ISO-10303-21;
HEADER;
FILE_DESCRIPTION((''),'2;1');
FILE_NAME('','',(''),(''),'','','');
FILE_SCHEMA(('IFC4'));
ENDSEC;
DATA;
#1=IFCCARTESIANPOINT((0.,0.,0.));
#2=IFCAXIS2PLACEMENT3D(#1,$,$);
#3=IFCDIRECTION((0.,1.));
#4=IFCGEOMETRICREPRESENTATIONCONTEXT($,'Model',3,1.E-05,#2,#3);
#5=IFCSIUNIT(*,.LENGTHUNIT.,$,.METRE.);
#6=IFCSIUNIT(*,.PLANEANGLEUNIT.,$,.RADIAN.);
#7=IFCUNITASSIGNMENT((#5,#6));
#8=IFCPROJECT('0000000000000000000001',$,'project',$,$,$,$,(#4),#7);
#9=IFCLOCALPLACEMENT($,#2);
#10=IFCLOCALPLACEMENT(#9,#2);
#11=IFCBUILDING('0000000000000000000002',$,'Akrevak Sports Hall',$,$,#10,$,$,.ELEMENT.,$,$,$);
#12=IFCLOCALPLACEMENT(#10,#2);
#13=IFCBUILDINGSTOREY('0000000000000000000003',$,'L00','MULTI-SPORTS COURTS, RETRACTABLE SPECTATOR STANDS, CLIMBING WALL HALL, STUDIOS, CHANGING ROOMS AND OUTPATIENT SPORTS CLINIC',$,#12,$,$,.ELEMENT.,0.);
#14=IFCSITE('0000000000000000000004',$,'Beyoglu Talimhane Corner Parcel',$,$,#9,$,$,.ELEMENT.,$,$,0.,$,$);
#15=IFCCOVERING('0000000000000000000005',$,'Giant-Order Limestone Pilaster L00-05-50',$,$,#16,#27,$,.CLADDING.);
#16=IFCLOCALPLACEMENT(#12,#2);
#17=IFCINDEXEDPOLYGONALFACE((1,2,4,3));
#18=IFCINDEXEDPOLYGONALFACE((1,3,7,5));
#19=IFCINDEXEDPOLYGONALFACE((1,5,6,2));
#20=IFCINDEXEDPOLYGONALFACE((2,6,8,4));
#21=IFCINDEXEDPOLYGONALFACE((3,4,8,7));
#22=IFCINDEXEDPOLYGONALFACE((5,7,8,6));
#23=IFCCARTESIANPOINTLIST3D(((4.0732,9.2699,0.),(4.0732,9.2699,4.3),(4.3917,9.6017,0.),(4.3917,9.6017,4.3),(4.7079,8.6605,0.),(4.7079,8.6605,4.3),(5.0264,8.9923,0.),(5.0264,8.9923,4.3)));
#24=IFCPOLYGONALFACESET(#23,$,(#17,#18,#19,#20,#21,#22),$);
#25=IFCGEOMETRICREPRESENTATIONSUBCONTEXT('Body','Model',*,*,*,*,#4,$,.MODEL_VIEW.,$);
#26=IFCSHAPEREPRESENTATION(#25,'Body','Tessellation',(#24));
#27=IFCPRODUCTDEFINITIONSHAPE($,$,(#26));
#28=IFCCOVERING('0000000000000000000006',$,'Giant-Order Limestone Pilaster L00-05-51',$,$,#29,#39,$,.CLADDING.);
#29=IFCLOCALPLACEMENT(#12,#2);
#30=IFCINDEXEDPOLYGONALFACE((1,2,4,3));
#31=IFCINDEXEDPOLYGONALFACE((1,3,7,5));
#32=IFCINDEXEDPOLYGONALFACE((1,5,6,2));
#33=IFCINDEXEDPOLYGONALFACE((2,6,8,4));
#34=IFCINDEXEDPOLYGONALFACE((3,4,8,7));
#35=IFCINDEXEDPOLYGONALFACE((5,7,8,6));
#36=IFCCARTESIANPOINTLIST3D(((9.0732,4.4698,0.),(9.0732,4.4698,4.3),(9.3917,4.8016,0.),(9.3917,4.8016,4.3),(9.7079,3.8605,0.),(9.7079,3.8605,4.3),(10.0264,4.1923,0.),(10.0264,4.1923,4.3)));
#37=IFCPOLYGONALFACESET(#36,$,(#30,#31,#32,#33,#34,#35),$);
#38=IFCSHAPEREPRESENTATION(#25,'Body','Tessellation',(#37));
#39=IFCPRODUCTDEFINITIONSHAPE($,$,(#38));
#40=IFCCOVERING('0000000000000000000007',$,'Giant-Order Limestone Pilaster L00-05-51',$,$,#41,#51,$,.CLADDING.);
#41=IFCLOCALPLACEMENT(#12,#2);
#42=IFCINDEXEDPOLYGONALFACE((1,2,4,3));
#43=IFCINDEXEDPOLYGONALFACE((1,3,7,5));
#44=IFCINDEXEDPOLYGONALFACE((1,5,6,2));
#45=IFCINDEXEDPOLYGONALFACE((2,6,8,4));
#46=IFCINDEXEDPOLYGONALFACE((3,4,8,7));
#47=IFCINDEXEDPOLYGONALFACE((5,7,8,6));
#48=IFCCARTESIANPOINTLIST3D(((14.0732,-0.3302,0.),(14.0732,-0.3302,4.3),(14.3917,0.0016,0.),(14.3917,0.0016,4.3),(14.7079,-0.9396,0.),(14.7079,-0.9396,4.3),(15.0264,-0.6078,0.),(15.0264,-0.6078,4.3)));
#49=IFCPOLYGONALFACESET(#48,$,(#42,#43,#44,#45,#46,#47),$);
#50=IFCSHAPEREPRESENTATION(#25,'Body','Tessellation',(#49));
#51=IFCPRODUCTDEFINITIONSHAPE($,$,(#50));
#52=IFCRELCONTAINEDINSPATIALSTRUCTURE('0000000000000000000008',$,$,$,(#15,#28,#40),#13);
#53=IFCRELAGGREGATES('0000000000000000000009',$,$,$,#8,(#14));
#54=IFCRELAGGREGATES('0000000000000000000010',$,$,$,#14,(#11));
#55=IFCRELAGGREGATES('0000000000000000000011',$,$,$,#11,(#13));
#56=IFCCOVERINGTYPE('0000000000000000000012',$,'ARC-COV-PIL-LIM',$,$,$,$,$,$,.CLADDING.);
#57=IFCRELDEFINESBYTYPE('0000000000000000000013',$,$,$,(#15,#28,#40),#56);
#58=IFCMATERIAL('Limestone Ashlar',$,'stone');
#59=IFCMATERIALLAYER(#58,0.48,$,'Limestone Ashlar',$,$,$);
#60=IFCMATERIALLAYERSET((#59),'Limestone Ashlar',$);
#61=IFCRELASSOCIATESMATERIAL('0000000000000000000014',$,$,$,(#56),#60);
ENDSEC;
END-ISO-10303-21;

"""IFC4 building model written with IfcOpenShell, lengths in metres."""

from ifc_helpers import new_model, si_unit, direction, frame, origin, origin_2d, place, context, subcontext, project, spatial, rectangle, extrude, material, layer, layer_set, type_object, element, save


model = new_model("IFC4")

# Units and contexts
model_context = context("Model", 3, precision=1e-05, world=origin(), true_north=direction((0.0, 1.0)))
body_context = subcontext(model_context, "Body", "Model", "MODEL_VIEW")
ifc_project = project(units=[si_unit("LENGTHUNIT", "METRE"), si_unit("PLANEANGLEUNIT", "RADIAN")], contexts=[model_context])

# Site, building, storey
site_placement = place(None, origin())
site = spatial("IfcSite", under=ifc_project, at=site_placement, Name="Beyoglu Talimhane Corner Parcel", CompositionType="ELEMENT", RefElevation=0.0)
building_placement = place(site_placement, origin())
building = spatial("IfcBuilding", under=site, at=building_placement, Name="Akrevak Sports Hall", CompositionType="ELEMENT")
storey_placement = place(building_placement, origin())
storey = spatial("IfcBuildingStorey", under=building, at=storey_placement, Name="L00", Description="MULTI-SPORTS COURTS, RETRACTABLE SPECTATOR STANDS, CLIMBING WALL HALL, STUDIOS, CHANGING ROOMS AND OUTPATIENT SPORTS CLINIC", CompositionType="ELEMENT", Elevation=0.0)

# Coverings
ifc_material_1 = material(Name="Limestone Ashlar", Category="stone")
ifc_layer = layer(ifc_material_1, 0.48, Name="Limestone Ashlar")
ifc_layer_set = layer_set([ifc_layer], Name="Limestone Ashlar")
covering_type = type_object("IfcCoveringType", Name="ARC-COV-PIL-LIM", PredefinedType="CLADDING", material=ifc_layer_set)
for number, where, z_axis, x_axis, name in (
    (1, (4.5498, 9.1311, 0.0), (0.0, 0.0, 1.0), (0.721386, -0.692534, 0.0), "Giant-Order Limestone Pilaster L00-05-50"),
    (2, (9.5498, 4.3311, 0.0), (0.0, 0.0, 1.0), (0.721386, -0.692534, 0.0), "Giant-Order Limestone Pilaster L00-05-51"),
    (3, (14.5498, -0.469, 0.0), (0.0, 0.0, 1.0), (0.721386, -0.692534, 0.0), "Giant-Order Limestone Pilaster L00-05-51"),
):
    element("IfcCovering", number, at=place(storey_placement, frame(where, z_axis=z_axis, x_axis=x_axis)), inside=storey, type_object=covering_type, Name=name, PredefinedType="CLADDING", context=body_context, shape_type="SweptSolid", body=[
        extrude(rectangle(XDim=0.8799, YDim=0.46, at=origin_2d()), origin(), (0.0, 0.0, 1.0), 4.3),
    ])

save(model, "model.ifc")
